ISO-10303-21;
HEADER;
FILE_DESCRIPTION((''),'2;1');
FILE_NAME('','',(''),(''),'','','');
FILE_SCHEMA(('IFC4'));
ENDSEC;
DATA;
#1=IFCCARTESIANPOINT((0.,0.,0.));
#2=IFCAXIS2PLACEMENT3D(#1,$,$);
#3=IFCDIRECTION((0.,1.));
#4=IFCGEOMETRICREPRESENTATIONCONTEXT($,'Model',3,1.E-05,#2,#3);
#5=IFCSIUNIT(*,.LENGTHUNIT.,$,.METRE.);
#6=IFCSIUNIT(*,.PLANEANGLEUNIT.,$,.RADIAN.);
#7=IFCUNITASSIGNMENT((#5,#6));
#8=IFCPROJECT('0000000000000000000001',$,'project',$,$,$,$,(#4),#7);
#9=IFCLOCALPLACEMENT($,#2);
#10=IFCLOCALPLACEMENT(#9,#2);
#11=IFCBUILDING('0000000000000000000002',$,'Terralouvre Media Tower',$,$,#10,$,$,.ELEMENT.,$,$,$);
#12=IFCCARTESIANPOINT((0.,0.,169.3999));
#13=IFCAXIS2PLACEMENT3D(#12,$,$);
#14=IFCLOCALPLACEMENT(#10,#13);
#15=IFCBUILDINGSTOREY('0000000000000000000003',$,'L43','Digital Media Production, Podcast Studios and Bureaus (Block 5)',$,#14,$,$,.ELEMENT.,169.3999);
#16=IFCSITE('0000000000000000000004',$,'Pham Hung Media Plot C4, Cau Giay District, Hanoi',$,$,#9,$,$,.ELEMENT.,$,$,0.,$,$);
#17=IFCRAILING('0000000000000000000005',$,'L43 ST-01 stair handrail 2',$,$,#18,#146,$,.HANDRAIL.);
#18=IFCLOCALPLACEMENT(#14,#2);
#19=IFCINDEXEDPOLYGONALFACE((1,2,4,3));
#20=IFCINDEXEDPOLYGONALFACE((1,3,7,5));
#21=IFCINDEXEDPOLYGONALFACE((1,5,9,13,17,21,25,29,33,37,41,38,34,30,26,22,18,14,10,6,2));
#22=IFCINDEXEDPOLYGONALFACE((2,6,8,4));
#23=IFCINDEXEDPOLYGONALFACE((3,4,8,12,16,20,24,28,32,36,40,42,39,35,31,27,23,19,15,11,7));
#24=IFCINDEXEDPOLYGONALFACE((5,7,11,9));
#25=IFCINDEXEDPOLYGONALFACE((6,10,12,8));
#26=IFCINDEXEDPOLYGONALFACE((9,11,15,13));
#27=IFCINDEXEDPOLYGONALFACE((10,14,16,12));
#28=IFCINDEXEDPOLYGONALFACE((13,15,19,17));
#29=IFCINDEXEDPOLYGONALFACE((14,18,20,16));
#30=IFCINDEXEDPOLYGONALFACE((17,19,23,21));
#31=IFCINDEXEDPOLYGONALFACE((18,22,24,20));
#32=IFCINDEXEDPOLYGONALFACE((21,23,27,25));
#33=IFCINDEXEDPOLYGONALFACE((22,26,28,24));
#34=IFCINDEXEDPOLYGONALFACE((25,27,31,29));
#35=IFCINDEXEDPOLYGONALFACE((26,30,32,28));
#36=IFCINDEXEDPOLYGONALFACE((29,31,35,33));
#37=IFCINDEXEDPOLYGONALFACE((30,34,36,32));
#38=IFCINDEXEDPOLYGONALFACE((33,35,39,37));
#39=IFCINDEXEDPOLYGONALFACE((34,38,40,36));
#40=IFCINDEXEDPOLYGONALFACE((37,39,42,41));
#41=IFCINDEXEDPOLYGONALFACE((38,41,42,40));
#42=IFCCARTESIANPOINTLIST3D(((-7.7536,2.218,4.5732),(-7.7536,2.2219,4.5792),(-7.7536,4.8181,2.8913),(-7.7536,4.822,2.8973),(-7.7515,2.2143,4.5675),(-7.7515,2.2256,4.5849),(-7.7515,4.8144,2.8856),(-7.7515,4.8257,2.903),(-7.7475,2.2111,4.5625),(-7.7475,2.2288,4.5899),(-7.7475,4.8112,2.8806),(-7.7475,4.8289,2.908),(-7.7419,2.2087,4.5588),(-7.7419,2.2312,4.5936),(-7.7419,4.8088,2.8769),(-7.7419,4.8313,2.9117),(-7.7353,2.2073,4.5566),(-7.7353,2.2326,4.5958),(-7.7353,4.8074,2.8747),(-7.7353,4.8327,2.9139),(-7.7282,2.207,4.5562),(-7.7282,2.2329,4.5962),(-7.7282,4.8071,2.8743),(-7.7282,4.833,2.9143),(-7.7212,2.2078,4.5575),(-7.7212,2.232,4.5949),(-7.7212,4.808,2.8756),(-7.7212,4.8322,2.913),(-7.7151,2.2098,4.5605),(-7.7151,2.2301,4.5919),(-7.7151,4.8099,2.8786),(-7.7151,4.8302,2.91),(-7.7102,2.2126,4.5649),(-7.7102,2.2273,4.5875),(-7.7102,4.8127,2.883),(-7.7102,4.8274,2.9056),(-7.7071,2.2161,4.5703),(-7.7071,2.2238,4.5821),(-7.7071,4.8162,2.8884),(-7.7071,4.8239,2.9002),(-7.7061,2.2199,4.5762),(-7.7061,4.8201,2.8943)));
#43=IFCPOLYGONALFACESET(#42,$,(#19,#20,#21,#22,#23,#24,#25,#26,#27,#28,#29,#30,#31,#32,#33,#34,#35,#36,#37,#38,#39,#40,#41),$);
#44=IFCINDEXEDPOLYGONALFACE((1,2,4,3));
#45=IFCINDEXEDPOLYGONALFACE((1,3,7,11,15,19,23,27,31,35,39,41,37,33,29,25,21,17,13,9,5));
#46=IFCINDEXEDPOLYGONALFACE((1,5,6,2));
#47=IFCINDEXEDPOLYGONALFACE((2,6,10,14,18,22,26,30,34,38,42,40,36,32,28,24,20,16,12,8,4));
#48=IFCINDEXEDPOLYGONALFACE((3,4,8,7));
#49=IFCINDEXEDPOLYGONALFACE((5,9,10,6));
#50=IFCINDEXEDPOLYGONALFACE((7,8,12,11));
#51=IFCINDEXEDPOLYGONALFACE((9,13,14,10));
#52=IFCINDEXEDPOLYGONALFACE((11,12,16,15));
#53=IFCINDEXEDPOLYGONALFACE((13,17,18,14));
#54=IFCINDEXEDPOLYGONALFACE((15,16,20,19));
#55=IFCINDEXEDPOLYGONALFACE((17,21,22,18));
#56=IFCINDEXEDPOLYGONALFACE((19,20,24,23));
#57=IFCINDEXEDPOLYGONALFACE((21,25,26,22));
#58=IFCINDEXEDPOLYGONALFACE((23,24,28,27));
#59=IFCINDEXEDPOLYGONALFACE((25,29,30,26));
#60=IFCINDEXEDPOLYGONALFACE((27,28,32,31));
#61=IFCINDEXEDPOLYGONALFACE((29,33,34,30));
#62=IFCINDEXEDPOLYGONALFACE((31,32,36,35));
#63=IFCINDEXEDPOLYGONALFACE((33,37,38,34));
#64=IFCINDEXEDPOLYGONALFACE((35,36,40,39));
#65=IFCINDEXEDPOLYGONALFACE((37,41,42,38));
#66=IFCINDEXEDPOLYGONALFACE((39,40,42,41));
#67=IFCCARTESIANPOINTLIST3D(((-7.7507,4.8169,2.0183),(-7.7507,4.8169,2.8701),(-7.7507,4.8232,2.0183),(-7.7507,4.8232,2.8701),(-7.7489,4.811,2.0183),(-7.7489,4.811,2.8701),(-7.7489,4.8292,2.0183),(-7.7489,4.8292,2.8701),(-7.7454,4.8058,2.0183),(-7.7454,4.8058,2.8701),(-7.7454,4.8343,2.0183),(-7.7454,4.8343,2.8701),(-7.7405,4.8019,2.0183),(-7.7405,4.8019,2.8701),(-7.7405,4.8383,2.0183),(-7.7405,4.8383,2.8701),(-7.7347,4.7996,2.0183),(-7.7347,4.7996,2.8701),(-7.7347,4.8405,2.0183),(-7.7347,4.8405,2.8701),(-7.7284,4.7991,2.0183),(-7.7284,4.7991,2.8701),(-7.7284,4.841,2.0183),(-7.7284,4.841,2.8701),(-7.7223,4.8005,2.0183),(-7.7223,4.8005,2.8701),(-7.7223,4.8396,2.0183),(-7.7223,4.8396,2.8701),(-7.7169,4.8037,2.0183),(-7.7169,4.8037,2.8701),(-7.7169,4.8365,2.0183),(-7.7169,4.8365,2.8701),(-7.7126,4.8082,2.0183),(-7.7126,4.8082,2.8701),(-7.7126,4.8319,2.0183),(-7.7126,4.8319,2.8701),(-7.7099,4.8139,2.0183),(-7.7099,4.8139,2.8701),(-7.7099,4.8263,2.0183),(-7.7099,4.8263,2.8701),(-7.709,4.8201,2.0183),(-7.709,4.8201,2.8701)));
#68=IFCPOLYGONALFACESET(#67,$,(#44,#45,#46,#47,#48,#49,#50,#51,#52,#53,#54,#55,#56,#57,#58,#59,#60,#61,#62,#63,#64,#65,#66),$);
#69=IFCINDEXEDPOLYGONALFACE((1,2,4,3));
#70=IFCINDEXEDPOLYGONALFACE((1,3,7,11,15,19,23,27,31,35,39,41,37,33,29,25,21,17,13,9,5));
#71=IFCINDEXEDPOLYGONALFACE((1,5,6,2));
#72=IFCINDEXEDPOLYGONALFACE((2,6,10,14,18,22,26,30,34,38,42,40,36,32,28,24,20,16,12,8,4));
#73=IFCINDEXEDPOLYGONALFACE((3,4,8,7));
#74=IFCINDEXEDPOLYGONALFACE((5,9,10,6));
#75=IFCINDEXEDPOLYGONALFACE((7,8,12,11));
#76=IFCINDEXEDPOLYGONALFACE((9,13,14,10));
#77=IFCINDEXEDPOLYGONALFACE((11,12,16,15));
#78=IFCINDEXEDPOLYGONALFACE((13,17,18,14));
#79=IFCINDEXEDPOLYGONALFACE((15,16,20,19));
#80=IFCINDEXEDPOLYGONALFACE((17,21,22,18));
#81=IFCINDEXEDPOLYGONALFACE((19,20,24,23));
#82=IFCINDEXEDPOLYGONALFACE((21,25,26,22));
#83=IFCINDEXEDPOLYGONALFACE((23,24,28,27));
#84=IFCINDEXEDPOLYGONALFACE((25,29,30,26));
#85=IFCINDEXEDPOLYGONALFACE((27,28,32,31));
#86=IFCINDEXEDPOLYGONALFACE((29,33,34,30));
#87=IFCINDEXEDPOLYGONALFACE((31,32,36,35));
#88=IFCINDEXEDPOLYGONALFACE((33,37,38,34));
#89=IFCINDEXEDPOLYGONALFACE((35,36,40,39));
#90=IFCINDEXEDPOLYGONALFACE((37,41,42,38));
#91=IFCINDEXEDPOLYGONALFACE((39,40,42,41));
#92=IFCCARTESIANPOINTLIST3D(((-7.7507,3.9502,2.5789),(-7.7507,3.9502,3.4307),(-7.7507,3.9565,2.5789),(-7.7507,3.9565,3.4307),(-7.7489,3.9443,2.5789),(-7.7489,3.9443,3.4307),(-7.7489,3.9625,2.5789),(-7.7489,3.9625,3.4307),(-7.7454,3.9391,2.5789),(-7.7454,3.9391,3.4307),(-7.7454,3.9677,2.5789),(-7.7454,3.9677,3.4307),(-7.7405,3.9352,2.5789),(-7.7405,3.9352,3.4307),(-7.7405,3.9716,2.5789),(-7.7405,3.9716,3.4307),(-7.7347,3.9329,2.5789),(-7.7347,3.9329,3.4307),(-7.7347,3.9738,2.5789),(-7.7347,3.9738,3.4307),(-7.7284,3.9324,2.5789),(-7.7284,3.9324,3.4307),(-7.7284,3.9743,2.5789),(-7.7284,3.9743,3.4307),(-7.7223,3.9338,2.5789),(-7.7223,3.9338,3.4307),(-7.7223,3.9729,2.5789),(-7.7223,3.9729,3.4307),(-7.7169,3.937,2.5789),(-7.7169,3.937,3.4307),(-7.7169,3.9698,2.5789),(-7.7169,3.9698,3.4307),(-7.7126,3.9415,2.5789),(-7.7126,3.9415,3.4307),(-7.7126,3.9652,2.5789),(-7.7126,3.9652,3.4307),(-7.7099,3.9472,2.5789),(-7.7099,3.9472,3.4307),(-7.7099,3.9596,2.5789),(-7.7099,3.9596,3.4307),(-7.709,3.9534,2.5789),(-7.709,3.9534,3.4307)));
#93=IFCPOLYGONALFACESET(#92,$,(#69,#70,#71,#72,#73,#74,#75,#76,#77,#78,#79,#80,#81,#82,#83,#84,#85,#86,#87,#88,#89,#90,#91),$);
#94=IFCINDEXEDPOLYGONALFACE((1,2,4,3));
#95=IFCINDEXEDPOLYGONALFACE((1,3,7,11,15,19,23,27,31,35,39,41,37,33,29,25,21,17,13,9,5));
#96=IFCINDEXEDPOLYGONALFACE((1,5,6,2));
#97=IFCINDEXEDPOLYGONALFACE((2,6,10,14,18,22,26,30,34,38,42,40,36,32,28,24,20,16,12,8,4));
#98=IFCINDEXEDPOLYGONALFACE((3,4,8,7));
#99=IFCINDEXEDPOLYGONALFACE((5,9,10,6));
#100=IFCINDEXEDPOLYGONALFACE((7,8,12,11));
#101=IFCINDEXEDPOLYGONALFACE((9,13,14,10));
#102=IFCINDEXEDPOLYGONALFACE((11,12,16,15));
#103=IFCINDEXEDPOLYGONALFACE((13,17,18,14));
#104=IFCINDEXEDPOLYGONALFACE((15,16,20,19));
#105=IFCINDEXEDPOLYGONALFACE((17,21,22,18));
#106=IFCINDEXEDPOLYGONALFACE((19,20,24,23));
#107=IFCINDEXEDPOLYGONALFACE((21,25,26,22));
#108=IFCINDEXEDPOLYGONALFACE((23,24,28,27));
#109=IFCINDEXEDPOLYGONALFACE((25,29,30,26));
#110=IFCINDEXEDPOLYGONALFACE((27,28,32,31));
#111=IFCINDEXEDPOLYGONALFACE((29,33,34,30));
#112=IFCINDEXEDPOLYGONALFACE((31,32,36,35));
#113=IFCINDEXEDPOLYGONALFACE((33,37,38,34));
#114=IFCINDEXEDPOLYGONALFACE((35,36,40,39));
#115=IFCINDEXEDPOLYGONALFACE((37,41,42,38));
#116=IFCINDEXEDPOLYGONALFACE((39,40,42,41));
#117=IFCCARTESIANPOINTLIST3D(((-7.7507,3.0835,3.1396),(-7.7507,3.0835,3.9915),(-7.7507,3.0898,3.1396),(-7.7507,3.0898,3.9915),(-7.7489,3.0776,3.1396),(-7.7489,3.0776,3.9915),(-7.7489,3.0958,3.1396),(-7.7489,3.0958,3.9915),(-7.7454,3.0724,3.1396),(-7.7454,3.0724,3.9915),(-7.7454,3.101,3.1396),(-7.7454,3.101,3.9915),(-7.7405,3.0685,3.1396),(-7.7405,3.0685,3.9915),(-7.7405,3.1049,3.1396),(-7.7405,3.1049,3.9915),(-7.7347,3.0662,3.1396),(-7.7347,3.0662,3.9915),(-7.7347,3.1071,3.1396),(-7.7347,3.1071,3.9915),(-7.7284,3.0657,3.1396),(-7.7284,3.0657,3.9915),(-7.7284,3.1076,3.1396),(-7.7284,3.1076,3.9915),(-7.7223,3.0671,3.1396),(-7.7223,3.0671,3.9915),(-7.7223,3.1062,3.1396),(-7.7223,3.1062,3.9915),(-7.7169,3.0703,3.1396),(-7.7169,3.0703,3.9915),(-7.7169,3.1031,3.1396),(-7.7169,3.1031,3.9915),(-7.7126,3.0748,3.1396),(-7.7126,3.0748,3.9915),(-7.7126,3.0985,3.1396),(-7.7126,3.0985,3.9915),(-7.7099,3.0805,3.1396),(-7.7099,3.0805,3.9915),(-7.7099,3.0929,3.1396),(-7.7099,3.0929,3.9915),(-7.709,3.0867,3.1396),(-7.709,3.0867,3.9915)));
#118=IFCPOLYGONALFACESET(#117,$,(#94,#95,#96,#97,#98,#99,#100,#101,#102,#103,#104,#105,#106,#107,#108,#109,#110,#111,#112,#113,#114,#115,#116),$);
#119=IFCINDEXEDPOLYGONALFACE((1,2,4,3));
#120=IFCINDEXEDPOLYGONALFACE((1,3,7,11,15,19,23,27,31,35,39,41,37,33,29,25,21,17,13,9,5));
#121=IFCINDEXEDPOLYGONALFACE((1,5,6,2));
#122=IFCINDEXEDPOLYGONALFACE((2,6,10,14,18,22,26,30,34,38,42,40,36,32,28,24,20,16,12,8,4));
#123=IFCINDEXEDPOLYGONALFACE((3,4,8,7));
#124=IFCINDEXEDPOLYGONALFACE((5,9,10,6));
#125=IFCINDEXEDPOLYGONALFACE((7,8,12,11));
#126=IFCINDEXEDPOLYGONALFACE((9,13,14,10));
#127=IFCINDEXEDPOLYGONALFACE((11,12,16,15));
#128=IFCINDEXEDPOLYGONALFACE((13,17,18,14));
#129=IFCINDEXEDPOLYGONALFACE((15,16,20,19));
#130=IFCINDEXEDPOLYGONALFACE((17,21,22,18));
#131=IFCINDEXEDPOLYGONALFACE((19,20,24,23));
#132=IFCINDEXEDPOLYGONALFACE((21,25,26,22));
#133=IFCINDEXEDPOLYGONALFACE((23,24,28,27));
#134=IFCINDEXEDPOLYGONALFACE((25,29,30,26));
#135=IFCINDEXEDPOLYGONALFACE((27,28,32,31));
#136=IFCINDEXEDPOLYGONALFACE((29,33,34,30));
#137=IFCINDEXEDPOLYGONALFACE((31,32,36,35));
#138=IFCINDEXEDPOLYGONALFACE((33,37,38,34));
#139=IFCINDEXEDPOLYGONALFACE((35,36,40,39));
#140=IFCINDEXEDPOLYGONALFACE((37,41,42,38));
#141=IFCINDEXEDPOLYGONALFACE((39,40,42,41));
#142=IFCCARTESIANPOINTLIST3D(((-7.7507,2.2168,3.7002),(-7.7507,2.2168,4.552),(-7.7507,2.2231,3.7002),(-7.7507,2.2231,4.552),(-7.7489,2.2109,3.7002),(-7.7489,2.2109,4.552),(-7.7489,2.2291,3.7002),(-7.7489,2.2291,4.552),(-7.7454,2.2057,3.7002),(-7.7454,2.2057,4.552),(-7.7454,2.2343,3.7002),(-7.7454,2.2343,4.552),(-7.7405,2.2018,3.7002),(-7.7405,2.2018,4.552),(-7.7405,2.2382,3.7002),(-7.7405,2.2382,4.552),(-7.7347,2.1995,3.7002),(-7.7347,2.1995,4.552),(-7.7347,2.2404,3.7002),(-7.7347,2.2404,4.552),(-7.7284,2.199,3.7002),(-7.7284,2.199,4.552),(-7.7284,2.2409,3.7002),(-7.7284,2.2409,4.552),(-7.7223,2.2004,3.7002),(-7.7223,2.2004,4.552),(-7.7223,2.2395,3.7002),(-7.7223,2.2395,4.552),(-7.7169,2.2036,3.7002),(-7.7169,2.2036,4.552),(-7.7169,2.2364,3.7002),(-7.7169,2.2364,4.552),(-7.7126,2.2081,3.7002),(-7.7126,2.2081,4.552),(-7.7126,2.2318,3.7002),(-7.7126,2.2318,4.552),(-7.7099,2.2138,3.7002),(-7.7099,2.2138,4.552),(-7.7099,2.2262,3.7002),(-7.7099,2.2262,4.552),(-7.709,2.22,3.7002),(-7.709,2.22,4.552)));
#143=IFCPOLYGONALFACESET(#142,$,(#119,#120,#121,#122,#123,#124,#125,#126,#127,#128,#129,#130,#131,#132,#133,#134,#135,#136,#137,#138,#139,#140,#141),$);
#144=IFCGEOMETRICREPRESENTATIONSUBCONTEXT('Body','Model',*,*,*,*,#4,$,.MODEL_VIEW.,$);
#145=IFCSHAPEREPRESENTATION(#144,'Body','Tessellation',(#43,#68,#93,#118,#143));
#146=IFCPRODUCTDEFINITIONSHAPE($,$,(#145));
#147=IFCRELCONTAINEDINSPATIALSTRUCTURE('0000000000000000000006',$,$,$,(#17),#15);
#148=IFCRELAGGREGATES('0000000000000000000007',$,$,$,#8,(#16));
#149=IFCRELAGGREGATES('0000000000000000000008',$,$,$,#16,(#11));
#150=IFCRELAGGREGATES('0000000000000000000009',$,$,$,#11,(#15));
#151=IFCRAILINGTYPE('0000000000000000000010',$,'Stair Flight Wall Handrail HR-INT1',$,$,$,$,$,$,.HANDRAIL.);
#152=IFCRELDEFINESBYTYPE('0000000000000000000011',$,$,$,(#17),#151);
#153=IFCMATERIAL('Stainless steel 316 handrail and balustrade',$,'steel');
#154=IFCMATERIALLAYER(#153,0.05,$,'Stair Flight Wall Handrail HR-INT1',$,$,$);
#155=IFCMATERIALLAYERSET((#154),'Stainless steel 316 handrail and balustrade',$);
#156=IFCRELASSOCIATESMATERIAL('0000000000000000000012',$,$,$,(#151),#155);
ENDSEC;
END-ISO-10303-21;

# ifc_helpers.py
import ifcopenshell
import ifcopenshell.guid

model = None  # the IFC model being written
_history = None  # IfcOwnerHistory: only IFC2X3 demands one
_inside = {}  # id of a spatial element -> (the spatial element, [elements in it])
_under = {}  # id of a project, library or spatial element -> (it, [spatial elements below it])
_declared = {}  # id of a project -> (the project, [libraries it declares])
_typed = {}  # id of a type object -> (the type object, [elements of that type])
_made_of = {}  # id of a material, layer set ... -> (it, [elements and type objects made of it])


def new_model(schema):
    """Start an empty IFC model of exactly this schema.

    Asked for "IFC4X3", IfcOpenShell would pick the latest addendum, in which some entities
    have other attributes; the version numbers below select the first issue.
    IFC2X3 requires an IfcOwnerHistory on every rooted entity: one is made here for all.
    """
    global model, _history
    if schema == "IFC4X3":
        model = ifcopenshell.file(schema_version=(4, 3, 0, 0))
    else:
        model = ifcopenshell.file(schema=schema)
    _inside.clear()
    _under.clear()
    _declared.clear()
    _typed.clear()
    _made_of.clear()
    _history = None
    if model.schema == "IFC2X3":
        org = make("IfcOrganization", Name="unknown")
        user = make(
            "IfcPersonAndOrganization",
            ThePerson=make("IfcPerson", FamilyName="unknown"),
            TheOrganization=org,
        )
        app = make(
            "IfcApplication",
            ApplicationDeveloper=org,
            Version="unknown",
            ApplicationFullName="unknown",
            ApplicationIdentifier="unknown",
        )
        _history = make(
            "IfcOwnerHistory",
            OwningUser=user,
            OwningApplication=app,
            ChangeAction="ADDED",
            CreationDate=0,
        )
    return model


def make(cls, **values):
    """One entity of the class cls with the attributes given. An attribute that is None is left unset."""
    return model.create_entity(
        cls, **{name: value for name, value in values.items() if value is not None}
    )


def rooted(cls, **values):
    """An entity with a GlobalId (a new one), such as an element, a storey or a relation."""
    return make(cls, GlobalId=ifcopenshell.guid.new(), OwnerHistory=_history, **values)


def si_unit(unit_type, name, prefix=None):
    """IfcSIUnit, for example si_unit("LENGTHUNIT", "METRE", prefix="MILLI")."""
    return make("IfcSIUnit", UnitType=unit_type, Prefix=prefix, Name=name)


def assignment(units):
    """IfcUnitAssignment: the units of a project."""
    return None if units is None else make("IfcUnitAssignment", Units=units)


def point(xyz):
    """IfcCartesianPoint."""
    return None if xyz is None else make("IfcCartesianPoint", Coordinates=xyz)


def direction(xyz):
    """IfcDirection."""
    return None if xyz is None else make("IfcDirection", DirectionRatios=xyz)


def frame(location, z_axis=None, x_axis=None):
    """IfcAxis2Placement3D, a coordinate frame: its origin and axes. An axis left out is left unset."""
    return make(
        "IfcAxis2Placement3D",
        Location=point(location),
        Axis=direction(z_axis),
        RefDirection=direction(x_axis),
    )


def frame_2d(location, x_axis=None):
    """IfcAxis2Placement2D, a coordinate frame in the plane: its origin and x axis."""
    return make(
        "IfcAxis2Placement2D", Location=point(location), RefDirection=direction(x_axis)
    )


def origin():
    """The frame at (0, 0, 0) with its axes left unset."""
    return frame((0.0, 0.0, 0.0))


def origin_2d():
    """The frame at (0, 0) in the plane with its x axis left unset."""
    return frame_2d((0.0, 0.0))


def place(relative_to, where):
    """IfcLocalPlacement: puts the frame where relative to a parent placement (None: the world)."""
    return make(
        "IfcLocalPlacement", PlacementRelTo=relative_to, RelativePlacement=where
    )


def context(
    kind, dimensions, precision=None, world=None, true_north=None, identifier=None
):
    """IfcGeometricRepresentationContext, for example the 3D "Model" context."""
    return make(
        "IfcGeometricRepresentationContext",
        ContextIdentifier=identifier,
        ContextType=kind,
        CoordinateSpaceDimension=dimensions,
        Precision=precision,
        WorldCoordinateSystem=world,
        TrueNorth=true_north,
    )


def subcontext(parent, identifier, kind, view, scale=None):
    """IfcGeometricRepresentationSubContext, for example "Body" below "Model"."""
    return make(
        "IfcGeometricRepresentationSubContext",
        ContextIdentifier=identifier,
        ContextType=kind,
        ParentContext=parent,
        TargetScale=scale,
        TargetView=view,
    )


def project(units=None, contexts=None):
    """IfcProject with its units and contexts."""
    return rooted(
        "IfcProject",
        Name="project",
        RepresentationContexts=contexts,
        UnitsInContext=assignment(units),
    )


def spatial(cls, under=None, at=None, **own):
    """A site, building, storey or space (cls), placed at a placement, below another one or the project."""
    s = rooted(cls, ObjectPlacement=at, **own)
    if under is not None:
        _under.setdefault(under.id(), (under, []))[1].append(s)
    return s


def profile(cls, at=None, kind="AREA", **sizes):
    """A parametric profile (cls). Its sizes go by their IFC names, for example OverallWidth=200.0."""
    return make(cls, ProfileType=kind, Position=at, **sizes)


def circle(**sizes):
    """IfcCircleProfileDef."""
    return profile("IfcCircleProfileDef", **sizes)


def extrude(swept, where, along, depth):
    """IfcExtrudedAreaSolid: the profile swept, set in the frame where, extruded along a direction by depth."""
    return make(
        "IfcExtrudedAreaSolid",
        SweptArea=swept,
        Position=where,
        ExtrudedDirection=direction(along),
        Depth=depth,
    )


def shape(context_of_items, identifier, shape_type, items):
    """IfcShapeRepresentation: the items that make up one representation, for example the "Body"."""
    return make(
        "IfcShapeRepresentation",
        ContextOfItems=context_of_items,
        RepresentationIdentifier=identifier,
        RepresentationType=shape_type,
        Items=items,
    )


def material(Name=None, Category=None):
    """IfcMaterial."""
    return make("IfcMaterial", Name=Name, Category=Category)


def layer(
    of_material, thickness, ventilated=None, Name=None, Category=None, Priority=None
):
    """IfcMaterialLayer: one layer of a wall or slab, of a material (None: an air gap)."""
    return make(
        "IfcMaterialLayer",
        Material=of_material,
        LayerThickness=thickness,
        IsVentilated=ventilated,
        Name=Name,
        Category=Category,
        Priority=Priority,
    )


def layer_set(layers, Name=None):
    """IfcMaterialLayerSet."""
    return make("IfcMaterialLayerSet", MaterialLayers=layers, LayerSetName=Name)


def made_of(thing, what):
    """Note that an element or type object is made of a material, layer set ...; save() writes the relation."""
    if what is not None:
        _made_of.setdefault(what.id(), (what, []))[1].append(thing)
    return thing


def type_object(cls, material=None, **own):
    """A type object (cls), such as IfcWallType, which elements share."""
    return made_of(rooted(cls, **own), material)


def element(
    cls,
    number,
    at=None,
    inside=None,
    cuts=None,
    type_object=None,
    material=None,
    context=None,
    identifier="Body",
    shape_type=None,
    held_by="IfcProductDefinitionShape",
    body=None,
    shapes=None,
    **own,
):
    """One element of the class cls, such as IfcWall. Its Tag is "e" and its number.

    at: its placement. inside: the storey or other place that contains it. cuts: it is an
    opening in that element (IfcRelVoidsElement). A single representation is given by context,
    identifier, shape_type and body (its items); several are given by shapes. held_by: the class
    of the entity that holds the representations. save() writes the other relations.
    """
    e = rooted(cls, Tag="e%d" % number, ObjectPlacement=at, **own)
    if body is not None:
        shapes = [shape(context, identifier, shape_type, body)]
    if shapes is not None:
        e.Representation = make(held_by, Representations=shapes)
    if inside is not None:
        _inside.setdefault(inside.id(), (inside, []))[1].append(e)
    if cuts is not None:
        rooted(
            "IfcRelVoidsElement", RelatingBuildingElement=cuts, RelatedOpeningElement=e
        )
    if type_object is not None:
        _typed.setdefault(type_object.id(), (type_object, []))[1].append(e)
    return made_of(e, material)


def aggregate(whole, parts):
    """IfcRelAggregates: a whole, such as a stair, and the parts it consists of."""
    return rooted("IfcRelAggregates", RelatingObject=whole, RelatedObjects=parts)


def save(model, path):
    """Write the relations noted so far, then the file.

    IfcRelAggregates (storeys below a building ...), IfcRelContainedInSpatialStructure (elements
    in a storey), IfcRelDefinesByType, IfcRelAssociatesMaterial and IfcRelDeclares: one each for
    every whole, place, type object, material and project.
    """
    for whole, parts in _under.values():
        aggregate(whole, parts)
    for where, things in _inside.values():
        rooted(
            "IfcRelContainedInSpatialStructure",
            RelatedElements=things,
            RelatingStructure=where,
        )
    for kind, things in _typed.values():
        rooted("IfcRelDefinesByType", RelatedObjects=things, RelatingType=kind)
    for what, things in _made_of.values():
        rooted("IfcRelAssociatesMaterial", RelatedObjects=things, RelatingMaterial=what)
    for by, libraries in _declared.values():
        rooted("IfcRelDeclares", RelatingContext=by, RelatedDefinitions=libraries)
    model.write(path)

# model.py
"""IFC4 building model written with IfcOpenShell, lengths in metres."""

from ifc_helpers import new_model, si_unit, direction, frame, origin, origin_2d, place, context, subcontext, project, spatial, circle, extrude, material, layer, layer_set, type_object, element, save


model = new_model("IFC4")

# Units and contexts
model_context = context("Model", 3, precision=1e-05, world=origin(), true_north=direction((0.0, 1.0)))
body_context = subcontext(model_context, "Body", "Model", "MODEL_VIEW")
ifc_project = project(units=[si_unit("LENGTHUNIT", "METRE"), si_unit("PLANEANGLEUNIT", "RADIAN")], contexts=[model_context])

# Site, building, storey
site_placement = place(None, origin())
site = spatial("IfcSite", under=ifc_project, at=site_placement, Name="Pham Hung Media Plot C4, Cau Giay District, Hanoi", CompositionType="ELEMENT", RefElevation=0.0)
building_placement = place(site_placement, origin())
building = spatial("IfcBuilding", under=site, at=building_placement, Name="Terralouvre Media Tower", CompositionType="ELEMENT")
storey_placement = place(building_placement, frame((0.0, 0.0, 169.3999)))
storey = spatial("IfcBuildingStorey", under=building, at=storey_placement, Name="L43", Description="Digital Media Production, Podcast Studios and Bureaus (Block 5)", CompositionType="ELEMENT", Elevation=169.3999)

# Railing
ifc_material_1 = material(Name="Stainless steel 316 handrail and balustrade", Category="steel")
ifc_layer_1 = layer(ifc_material_1, 0.05, Name="Stair Flight Wall Handrail HR-INT1")
ifc_layer_set_1 = layer_set([ifc_layer_1], Name="Stainless steel 316 handrail and balustrade")
railing_type_1 = type_object("IfcRailingType", Name="Stair Flight Wall Handrail HR-INT1", PredefinedType="HANDRAIL", material=ifc_layer_set_1)
railing_1_placement = place(storey_placement, frame((-7.73, 4.8201, 2.0183)))
element("IfcRailing", 1, at=railing_1_placement, inside=storey, type_object=railing_type_1, Name="L43 ST-01 stair handrail 2", PredefinedType="HANDRAIL", context=body_context, shape_type="SweptSolid", body=[
    extrude(circle(Radius=0.0239, at=origin_2d()), frame((0.0, 0.0, 0.876), z_axis=(0.0, -0.839648, 0.54313), x_axis=(1.0, 0.0, 0.0)), (0.0, 0.0, 1.0), 3.0967),
    extrude(circle(Radius=0.021, at=origin_2d()), origin(), (0.0, 0.0, 1.0), 0.8518),
    extrude(circle(Radius=0.021, at=origin_2d()), frame((0.0, -0.8667, 0.5605)), (0.0, 0.0, 1.0), 0.8518),
    extrude(circle(Radius=0.021, at=origin_2d()), frame((0.0, -1.7334, 1.1213)), (0.0, 0.0, 1.0), 0.8518),
    extrude(circle(Radius=0.021, at=origin_2d()), frame((0.0, -2.6001, 1.6819)), (0.0, 0.0, 1.0), 0.8518),
])

save(model, "model.ifc")
